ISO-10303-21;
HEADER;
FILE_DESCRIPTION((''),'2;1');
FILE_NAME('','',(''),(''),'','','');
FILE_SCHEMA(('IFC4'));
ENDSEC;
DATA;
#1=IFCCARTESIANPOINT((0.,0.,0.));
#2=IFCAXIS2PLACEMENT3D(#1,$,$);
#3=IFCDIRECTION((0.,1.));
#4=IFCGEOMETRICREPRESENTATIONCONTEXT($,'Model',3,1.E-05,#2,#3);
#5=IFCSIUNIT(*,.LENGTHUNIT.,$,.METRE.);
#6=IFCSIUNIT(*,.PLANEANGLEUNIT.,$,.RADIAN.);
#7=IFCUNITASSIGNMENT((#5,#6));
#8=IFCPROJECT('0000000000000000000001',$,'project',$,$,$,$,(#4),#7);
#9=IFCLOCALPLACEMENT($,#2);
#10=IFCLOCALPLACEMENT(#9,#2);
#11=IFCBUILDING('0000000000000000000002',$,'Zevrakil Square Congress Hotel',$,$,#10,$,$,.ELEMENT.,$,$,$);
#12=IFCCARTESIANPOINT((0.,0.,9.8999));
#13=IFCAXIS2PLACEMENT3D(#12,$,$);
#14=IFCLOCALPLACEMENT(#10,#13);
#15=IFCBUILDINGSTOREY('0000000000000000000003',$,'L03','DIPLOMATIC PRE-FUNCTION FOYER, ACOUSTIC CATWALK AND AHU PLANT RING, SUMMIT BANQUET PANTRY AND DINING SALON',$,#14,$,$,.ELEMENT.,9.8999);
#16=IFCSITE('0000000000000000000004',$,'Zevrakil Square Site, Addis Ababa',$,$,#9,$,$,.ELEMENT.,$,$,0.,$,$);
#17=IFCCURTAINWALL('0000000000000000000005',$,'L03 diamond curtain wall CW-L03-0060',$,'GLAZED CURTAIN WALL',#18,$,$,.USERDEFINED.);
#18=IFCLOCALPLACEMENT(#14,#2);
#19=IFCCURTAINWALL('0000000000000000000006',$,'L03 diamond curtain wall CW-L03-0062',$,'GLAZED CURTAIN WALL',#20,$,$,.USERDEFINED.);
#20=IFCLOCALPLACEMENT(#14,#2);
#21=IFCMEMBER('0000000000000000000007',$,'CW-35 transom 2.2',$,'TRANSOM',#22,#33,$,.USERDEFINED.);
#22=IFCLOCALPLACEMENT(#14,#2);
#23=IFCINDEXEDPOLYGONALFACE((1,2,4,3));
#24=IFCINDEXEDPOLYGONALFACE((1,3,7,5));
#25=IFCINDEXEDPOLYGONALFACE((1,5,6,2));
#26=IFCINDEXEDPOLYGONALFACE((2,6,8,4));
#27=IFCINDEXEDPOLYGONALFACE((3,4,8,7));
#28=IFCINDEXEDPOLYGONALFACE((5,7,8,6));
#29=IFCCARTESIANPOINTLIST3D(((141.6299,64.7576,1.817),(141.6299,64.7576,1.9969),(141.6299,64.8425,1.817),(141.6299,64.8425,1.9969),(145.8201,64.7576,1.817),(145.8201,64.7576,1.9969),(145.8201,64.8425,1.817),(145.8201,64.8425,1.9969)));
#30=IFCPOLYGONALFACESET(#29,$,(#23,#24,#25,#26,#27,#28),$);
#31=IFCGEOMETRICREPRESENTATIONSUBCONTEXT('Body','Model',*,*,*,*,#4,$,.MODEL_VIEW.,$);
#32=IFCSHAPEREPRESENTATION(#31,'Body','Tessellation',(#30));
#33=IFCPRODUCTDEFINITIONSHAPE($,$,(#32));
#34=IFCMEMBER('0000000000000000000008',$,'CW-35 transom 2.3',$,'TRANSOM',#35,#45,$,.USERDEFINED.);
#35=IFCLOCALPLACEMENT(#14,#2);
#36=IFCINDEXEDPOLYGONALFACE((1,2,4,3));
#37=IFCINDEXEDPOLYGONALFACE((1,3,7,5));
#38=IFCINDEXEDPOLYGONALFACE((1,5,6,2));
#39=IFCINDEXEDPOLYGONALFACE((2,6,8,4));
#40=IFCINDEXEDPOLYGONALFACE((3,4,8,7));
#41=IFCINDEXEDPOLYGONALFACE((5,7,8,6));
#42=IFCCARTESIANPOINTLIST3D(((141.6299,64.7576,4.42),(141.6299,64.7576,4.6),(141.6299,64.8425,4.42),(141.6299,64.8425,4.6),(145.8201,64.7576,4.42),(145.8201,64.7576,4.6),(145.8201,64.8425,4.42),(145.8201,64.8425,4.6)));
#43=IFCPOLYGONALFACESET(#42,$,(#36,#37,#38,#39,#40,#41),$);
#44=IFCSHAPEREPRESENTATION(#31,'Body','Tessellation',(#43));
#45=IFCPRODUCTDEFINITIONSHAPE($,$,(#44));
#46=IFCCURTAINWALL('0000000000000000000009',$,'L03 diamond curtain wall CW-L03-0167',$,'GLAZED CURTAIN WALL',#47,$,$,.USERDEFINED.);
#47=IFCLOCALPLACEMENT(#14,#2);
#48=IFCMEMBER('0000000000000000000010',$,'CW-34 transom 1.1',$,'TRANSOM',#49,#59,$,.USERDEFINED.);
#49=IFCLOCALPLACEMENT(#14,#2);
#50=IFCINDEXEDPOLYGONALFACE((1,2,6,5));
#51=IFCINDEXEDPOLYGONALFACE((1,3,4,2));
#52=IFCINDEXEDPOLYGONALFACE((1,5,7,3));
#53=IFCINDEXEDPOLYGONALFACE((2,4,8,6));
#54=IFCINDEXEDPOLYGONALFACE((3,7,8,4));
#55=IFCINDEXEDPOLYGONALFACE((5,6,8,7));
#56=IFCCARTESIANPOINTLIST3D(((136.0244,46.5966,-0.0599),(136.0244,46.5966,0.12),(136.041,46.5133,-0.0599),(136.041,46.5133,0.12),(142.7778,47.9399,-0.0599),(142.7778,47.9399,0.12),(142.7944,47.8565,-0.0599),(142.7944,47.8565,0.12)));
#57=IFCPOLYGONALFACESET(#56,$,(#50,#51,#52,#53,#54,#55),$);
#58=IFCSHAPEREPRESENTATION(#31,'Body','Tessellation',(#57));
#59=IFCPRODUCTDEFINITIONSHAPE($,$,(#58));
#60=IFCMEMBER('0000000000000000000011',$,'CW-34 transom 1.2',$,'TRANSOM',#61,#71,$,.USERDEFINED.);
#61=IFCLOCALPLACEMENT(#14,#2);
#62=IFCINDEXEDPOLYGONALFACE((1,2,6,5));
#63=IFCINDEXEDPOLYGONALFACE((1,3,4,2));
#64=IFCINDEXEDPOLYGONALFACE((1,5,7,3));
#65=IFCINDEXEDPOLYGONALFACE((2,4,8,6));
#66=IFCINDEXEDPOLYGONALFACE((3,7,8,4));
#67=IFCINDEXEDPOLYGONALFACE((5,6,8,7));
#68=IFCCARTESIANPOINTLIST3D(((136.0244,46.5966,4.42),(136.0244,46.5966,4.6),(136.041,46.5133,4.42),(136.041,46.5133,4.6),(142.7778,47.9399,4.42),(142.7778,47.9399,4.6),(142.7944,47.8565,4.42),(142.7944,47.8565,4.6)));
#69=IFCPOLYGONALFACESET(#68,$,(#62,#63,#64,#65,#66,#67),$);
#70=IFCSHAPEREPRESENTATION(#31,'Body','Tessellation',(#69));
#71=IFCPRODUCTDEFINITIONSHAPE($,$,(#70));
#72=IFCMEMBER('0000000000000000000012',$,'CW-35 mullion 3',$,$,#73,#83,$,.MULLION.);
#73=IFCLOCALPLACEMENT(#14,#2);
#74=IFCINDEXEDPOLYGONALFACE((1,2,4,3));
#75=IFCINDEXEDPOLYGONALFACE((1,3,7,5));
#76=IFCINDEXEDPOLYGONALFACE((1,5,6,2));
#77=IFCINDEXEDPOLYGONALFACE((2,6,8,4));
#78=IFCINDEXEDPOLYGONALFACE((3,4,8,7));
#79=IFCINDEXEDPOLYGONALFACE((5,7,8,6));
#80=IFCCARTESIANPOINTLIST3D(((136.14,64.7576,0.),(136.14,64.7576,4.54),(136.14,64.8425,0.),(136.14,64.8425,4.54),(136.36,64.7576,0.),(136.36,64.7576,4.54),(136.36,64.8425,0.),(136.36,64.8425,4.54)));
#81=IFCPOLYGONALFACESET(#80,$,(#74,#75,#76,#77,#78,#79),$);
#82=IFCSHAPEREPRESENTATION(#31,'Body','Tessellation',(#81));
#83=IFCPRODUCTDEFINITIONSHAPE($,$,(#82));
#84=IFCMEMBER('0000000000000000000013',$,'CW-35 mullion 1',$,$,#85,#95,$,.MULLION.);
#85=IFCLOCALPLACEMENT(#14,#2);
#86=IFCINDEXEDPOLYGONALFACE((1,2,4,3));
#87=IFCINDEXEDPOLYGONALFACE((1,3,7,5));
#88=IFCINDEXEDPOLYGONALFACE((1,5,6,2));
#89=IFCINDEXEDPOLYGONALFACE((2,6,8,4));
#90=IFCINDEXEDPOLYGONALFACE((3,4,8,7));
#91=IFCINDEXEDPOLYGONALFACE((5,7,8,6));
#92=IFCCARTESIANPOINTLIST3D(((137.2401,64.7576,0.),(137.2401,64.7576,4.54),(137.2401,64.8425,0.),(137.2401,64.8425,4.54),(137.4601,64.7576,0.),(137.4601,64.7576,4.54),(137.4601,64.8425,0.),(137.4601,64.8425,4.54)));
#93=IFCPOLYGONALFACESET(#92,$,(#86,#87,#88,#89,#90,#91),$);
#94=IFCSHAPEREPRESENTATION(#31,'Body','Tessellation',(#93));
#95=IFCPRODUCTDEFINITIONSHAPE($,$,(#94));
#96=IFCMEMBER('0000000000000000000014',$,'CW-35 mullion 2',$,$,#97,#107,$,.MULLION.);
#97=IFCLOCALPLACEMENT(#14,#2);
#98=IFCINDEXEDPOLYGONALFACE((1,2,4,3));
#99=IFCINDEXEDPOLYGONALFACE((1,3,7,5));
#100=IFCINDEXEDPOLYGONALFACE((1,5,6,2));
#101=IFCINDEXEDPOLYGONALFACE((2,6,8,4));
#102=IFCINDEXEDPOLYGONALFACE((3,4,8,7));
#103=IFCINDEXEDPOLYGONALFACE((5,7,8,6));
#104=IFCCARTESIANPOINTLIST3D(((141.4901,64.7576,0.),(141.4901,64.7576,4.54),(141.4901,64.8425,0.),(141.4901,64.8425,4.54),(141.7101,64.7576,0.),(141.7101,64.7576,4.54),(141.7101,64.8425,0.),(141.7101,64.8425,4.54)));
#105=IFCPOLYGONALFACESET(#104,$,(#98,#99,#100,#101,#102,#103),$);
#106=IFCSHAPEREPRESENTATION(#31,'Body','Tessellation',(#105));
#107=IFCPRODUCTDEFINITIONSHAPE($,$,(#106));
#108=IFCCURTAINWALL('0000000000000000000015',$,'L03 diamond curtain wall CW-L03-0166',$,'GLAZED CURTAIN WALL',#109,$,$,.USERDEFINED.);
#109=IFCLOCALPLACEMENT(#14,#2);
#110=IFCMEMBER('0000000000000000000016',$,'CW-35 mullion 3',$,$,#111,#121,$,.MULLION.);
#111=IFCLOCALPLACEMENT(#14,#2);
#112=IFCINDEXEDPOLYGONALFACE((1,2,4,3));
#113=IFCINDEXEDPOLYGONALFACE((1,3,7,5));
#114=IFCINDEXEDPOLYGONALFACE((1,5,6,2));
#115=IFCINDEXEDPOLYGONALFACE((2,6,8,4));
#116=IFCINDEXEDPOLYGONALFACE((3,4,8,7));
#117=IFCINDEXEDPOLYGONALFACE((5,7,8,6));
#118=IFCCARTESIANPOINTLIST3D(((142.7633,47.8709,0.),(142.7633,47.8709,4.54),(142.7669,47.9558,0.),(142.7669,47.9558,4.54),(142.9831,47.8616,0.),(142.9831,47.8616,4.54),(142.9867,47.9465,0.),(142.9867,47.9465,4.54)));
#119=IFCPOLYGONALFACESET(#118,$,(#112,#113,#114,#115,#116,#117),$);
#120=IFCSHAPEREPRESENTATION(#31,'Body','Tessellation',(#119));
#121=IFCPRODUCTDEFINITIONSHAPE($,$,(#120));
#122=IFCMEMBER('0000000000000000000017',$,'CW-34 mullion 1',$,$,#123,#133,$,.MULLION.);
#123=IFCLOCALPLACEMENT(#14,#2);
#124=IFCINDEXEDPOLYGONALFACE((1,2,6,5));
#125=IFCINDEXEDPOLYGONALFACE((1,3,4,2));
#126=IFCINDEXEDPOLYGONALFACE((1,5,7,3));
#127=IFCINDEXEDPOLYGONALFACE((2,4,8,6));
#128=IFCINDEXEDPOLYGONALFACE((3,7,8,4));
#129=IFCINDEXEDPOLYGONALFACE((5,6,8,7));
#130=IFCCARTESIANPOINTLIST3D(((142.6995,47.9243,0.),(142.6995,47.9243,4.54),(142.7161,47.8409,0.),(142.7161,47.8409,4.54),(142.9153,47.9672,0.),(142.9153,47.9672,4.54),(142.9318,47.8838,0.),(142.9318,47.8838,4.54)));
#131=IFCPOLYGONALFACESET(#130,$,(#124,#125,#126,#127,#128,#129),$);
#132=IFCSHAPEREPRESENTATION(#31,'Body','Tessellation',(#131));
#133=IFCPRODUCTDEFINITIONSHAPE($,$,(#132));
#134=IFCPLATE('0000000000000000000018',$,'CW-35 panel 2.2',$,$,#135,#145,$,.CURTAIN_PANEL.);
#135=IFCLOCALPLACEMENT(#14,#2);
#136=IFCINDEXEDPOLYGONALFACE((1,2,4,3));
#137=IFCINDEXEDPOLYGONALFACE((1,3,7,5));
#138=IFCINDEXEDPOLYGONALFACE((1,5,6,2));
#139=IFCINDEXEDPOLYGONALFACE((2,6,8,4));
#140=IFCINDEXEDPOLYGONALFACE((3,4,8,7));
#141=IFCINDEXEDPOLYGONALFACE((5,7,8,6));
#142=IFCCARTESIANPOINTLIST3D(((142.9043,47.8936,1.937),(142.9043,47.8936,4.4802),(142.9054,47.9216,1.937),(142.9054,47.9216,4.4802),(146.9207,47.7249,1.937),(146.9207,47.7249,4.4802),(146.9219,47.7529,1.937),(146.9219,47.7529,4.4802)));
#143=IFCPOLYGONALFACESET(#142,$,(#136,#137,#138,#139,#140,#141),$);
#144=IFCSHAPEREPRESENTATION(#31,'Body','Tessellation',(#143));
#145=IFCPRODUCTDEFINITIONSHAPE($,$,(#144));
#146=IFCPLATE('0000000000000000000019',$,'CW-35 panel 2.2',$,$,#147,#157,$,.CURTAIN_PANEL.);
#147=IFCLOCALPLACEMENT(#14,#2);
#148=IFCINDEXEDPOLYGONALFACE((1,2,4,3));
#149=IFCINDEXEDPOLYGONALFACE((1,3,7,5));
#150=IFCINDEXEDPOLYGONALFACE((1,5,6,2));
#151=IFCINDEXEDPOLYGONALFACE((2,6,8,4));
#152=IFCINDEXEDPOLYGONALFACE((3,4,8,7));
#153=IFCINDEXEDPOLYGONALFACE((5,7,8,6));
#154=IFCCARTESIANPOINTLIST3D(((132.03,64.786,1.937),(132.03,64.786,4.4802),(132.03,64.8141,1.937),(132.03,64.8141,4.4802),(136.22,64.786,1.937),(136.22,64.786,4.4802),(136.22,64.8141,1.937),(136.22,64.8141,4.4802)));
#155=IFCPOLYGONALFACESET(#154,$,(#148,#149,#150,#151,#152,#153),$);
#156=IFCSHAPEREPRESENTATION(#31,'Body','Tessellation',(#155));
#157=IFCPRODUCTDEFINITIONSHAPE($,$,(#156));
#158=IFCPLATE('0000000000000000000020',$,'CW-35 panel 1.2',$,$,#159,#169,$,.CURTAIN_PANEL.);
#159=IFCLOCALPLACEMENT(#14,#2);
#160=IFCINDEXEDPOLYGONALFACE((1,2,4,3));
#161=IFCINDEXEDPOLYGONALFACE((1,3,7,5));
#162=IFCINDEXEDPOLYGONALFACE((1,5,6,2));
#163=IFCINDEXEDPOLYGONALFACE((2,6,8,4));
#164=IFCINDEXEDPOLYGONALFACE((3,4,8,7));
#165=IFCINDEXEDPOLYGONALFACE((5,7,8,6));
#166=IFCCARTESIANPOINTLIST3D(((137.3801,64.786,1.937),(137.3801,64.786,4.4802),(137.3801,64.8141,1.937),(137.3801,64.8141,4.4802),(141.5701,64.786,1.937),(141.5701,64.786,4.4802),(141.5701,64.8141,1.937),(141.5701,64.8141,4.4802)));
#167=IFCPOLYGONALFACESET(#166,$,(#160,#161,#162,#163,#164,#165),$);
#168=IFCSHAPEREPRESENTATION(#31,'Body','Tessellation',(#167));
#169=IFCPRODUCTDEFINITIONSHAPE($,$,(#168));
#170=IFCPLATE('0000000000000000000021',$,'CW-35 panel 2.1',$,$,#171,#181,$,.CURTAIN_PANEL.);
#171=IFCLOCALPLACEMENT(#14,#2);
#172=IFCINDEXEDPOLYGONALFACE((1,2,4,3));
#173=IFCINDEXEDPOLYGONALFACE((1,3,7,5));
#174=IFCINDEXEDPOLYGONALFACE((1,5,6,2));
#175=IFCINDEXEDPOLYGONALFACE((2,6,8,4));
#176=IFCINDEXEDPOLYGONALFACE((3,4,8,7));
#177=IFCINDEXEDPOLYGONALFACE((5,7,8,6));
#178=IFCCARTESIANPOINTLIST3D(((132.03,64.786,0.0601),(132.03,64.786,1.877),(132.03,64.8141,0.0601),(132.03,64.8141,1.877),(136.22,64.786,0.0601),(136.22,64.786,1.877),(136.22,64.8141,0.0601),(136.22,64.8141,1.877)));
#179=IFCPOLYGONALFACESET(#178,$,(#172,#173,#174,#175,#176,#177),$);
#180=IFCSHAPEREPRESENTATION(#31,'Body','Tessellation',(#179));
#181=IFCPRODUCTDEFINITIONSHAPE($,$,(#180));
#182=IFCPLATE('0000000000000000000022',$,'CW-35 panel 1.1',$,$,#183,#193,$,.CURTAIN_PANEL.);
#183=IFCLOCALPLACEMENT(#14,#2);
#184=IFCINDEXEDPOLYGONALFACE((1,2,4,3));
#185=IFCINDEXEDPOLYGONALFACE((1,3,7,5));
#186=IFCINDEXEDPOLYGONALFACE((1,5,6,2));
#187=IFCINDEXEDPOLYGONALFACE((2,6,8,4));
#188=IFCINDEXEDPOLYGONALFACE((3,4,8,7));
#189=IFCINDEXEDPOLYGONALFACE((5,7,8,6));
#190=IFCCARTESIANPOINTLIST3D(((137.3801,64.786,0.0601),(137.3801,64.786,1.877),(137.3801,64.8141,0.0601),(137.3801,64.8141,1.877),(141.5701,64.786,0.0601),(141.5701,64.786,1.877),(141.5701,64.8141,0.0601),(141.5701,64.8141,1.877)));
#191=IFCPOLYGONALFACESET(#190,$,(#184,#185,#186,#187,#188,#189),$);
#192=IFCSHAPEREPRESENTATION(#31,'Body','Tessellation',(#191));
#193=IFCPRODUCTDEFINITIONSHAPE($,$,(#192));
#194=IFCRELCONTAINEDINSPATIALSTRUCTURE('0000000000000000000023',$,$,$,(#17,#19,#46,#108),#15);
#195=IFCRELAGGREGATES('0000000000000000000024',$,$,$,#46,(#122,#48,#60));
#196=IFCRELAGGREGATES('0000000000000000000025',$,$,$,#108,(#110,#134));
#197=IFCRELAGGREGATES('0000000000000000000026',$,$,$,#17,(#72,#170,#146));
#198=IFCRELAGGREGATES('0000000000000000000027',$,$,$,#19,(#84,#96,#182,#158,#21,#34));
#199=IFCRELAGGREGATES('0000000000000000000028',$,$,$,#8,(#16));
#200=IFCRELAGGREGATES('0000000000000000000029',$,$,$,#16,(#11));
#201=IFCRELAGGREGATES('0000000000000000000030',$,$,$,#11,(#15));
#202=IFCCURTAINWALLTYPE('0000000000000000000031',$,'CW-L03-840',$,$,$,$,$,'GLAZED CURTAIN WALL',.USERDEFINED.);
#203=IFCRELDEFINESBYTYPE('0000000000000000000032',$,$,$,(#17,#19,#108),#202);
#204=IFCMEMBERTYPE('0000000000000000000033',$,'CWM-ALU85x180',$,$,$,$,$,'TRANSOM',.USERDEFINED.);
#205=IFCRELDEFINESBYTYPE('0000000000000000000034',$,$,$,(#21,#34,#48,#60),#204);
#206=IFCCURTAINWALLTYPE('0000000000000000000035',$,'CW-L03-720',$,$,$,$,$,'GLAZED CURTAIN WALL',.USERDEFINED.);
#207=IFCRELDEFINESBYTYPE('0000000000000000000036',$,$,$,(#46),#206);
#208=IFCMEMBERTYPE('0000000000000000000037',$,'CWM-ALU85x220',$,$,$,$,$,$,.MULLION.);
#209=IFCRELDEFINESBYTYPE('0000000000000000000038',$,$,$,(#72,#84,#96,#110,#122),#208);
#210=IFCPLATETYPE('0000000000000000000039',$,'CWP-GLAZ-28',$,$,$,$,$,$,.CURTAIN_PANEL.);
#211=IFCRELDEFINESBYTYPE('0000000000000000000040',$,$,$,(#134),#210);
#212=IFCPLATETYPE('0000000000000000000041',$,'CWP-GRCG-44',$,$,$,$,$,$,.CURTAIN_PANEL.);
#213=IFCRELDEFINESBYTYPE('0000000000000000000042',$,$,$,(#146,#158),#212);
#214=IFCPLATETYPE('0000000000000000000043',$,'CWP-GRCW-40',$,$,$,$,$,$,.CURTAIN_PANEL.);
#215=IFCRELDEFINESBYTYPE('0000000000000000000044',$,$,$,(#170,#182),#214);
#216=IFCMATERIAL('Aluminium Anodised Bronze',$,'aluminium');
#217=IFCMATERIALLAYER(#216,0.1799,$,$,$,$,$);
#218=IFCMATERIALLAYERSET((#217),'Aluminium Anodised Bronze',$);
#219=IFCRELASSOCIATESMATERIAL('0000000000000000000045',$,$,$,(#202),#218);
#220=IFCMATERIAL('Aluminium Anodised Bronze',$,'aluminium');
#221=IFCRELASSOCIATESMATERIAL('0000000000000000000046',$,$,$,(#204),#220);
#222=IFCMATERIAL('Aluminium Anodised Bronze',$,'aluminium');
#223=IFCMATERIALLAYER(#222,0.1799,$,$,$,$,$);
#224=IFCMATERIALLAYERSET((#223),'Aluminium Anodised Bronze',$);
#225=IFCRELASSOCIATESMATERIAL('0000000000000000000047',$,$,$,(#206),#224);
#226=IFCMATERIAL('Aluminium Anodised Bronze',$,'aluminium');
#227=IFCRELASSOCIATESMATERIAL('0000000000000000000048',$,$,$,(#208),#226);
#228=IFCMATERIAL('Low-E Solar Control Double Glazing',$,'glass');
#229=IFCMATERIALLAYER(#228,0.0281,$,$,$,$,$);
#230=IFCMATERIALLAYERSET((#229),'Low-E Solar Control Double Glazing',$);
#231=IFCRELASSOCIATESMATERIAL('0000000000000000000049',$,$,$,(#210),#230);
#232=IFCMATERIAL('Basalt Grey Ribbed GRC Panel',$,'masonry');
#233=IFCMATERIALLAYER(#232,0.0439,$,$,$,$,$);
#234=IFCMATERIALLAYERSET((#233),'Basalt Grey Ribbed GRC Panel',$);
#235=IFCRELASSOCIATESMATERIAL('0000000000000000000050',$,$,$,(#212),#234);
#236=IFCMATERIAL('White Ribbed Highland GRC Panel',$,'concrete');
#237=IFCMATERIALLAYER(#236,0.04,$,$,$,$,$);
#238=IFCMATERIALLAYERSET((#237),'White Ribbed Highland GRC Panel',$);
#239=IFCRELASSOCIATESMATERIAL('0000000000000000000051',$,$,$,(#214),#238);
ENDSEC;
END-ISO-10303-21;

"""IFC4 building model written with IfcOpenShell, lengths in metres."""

from ifc_helpers import new_model, si_unit, direction, frame, origin, origin_2d, place, context, subcontext, project, spatial, rectangle, extrude, material, layer, layer_set, material_profile, profile_set, type_object, element, aggregate, save


model = new_model("IFC4")

# Units and contexts
model_context = context("Model", 3, precision=1e-05, world=origin(), true_north=direction((0.0, 1.0)))
body_context = subcontext(model_context, "Body", "Model", "MODEL_VIEW")
ifc_project = project(units=[si_unit("LENGTHUNIT", "METRE"), si_unit("PLANEANGLEUNIT", "RADIAN")], contexts=[model_context])

# Site, building, storey
site_placement = place(None, origin())
site = spatial("IfcSite", under=ifc_project, at=site_placement, Name="Zevrakil Square Site, Addis Ababa", CompositionType="ELEMENT", RefElevation=0.0)
building_placement = place(site_placement, origin())
building = spatial("IfcBuilding", under=site, at=building_placement, Name="Zevrakil Square Congress Hotel", CompositionType="ELEMENT")
storey_placement = place(building_placement, frame((0.0, 0.0, 9.8999)))
storey = spatial("IfcBuildingStorey", under=building, at=storey_placement, Name="L03", Description="DIPLOMATIC PRE-FUNCTION FOYER, ACOUSTIC CATWALK AND AHU PLANT RING, SUMMIT BANQUET PANTRY AND DINING SALON", CompositionType="ELEMENT", Elevation=9.8999)

# Curtain walls, members
ifc_material_1 = material(Name="Aluminium Anodised Bronze", Category="aluminium")
ifc_layer_1 = layer(ifc_material_1, 0.1799)
ifc_layer_set_1 = layer_set([ifc_layer_1], Name="Aluminium Anodised Bronze")
curtain_wall_type_1 = type_object("IfcCurtainWallType", Name="CW-L03-840", ElementType="GLAZED CURTAIN WALL", PredefinedType="USERDEFINED", material=ifc_layer_set_1)
curtain_wall_1_placement = place(storey_placement, origin())
curtain_wall_1 = element("IfcCurtainWall", 1, at=curtain_wall_1_placement, inside=storey, type_object=curtain_wall_type_1, Name="L03 diamond curtain wall CW-L03-0060", ObjectType="GLAZED CURTAIN WALL", PredefinedType="USERDEFINED")
ifc_material_2 = material(Name="Aluminium Anodised Bronze", Category="aluminium")
ifc_material_profile_1 = material_profile(ifc_material_2, rectangle(XDim=0.085, YDim=0.1799, at=origin_2d()), Name="ALU 85x180")
ifc_profile_set_1 = profile_set([ifc_material_profile_1], Name="Aluminium Anodised Bronze")
member_type_1 = type_object("IfcMemberType", Name="CWM-ALU85x180", ElementType="TRANSOM", PredefinedType="USERDEFINED", material=ifc_profile_set_1)
curtain_wall_2_placement = place(storey_placement, origin())
curtain_wall_2 = element("IfcCurtainWall", 2, at=curtain_wall_2_placement, inside=storey, type_object=curtain_wall_type_1, Name="L03 diamond curtain wall CW-L03-0062", ObjectType="GLAZED CURTAIN WALL", PredefinedType="USERDEFINED")
member_1_placement = place(storey_placement, frame((141.6299, 64.8, 1.907), z_axis=(1.0, 0.0, 0.0), x_axis=(0.0, 1.0, 0.0)))
member_1 = element("IfcMember", 3, at=member_1_placement, type_object=member_type_1, Name="CW-35 transom 2.2", ObjectType="TRANSOM", PredefinedType="USERDEFINED", context=body_context, shape_type="SweptSolid", body=[
    extrude(rectangle(XDim=0.085, YDim=0.1799, at=origin_2d()), origin(), (0.0, 0.0, 1.0), 4.1902),
])
member_2_placement = place(storey_placement, frame((141.6299, 64.8, 4.51), z_axis=(1.0, 0.0, 0.0), x_axis=(0.0, 1.0, 0.0)))
member_2 = element("IfcMember", 4, at=member_2_placement, type_object=member_type_1, Name="CW-35 transom 2.3", ObjectType="TRANSOM", PredefinedType="USERDEFINED", context=body_context, shape_type="SweptSolid", body=[
    extrude(rectangle(XDim=0.085, YDim=0.1799, at=origin_2d()), origin(), (0.0, 0.0, 1.0), 4.1902),
])
ifc_material_3 = material(Name="Aluminium Anodised Bronze", Category="aluminium")
ifc_layer_2 = layer(ifc_material_3, 0.1799)
ifc_layer_set_2 = layer_set([ifc_layer_2], Name="Aluminium Anodised Bronze")
curtain_wall_type_2 = type_object("IfcCurtainWallType", Name="CW-L03-720", ElementType="GLAZED CURTAIN WALL", PredefinedType="USERDEFINED", material=ifc_layer_set_2)
curtain_wall_3_placement = place(storey_placement, origin())
curtain_wall_3 = element("IfcCurtainWall", 5, at=curtain_wall_3_placement, inside=storey, type_object=curtain_wall_type_2, Name="L03 diamond curtain wall CW-L03-0167", ObjectType="GLAZED CURTAIN WALL", PredefinedType="USERDEFINED")
member_3_placement = place(storey_placement, frame((142.7861, 47.8982, 0.03), z_axis=(-0.980787, -0.19508, 0.0), x_axis=(0.19508, -0.980787, 0.0)))
member_3 = element("IfcMember", 6, at=member_3_placement, type_object=member_type_1, Name="CW-34 transom 1.1", ObjectType="TRANSOM", PredefinedType="USERDEFINED", context=body_context, shape_type="SweptSolid", body=[
    extrude(rectangle(XDim=0.085, YDim=0.1799, at=origin_2d()), origin(), (0.0, 0.0, 1.0), 6.8857),
])
member_4_placement = place(storey_placement, frame((142.7861, 47.8982, 4.51), z_axis=(-0.980787, -0.19508, 0.0), x_axis=(0.19508, -0.980787, 0.0)))
member_4 = element("IfcMember", 7, at=member_4_placement, type_object=member_type_1, Name="CW-34 transom 1.2", ObjectType="TRANSOM", PredefinedType="USERDEFINED", context=body_context, shape_type="SweptSolid", body=[
    extrude(rectangle(XDim=0.085, YDim=0.1799, at=origin_2d()), origin(), (0.0, 0.0, 1.0), 6.8857),
])

# Members
ifc_material_4 = material(Name="Aluminium Anodised Bronze", Category="aluminium")
ifc_material_profile_2 = material_profile(ifc_material_4, rectangle(XDim=0.085, YDim=0.22, at=origin_2d()), Name="ALU 85x220")
ifc_profile_set_2 = profile_set([ifc_material_profile_2], Name="Aluminium Anodised Bronze")
member_type_2 = type_object("IfcMemberType", Name="CWM-ALU85x220", PredefinedType="MULLION", material=ifc_profile_set_2)
member_5_placement = place(storey_placement, frame((136.25, 64.8, 0.0), z_axis=(0.0, 0.0, 1.0), x_axis=(0.0, 1.0, 0.0)))
member_5 = element("IfcMember", 8, at=member_5_placement, type_object=member_type_2, Name="CW-35 mullion 3", PredefinedType="MULLION", context=body_context, shape_type="SweptSolid", body=[
    extrude(rectangle(XDim=0.085, YDim=0.22, at=origin_2d()), origin(), (0.0, 0.0, 1.0), 4.54),
])
member_6_placement = place(storey_placement, frame((137.3501, 64.8, 0.0), z_axis=(0.0, 0.0, 1.0), x_axis=(0.0, 1.0, 0.0)))
member_6 = element("IfcMember", 9, at=member_6_placement, type_object=member_type_2, Name="CW-35 mullion 1", PredefinedType="MULLION", context=body_context, shape_type="SweptSolid", body=[
    extrude(rectangle(XDim=0.085, YDim=0.22, at=origin_2d()), origin(), (0.0, 0.0, 1.0), 4.54),
])
member_7_placement = place(storey_placement, frame((141.6001, 64.8, 0.0), z_axis=(0.0, 0.0, 1.0), x_axis=(0.0, 1.0, 0.0)))
member_7 = element("IfcMember", 10, at=member_7_placement, type_object=member_type_2, Name="CW-35 mullion 2", PredefinedType="MULLION", context=body_context, shape_type="SweptSolid", body=[
    extrude(rectangle(XDim=0.085, YDim=0.22, at=origin_2d()), origin(), (0.0, 0.0, 1.0), 4.54),
])

# Curtain wall, member
curtain_wall_4_placement = place(storey_placement, origin())
curtain_wall_4 = element("IfcCurtainWall", 11, at=curtain_wall_4_placement, inside=storey, type_object=curtain_wall_type_1, Name="L03 diamond curtain wall CW-L03-0166", ObjectType="GLAZED CURTAIN WALL", PredefinedType="USERDEFINED")
member_8_placement = place(storey_placement, frame((142.875, 47.9087, 0.0), z_axis=(0.0, 0.0, 1.0), x_axis=(-0.041971, -0.999119, 0.0)))
member_8 = element("IfcMember", 12, at=member_8_placement, type_object=member_type_2, Name="CW-35 mullion 3", PredefinedType="MULLION", context=body_context, shape_type="SweptSolid", body=[
    extrude(rectangle(XDim=0.085, YDim=0.22, at=origin_2d()), origin(), (0.0, 0.0, 1.0), 4.54),
])

# Member
member_9_placement = place(storey_placement, frame((142.8157, 47.9041, 0.0), z_axis=(0.0, 0.0, 1.0), x_axis=(0.195084, -0.980787, 0.0)))
member_9 = element("IfcMember", 13, at=member_9_placement, type_object=member_type_2, Name="CW-34 mullion 1", PredefinedType="MULLION", context=body_context, shape_type="SweptSolid", body=[
    extrude(rectangle(XDim=0.085, YDim=0.22, at=origin_2d()), origin(), (0.0, 0.0, 1.0), 4.54),
])
aggregate(curtain_wall_3, [member_9, member_3, member_4])

# Plates
ifc_material_5 = material(Name="Low-E Solar Control Double Glazing", Category="glass")
ifc_layer_3 = layer(ifc_material_5, 0.0281)
ifc_layer_set_3 = layer_set([ifc_layer_3], Name="Low-E Solar Control Double Glazing")
plate_type_1 = type_object("IfcPlateType", Name="CWP-GLAZ-28", PredefinedType="CURTAIN_PANEL", material=ifc_layer_set_3)
plate_1_placement = place(storey_placement, frame((144.9131, 47.8232, 1.937), z_axis=(0.0, 0.0, 1.0), x_axis=(-0.999119, 0.041971, 0.0)))
plate_1 = element("IfcPlate", 14, at=plate_1_placement, type_object=plate_type_1, Name="CW-35 panel 2.2", PredefinedType="CURTAIN_PANEL", context=body_context, shape_type="SweptSolid", body=[
    extrude(rectangle(XDim=4.02, YDim=0.0281, at=origin_2d()), origin(), (0.0, 0.0, 1.0), 2.5432),
])
aggregate(curtain_wall_4, [member_8, plate_1])
ifc_material_6 = material(Name="Basalt Grey Ribbed GRC Panel", Category="masonry")
ifc_layer_4 = layer(ifc_material_6, 0.0439)
ifc_layer_set_4 = layer_set([ifc_layer_4], Name="Basalt Grey Ribbed GRC Panel")
plate_type_2 = type_object("IfcPlateType", Name="CWP-GRCG-44", PredefinedType="CURTAIN_PANEL", material=ifc_layer_set_4)
plate_2_placement = place(storey_placement, frame((134.125, 64.8, 1.937), z_axis=(0.0, 0.0, 1.0), x_axis=(1.0, 0.0, 0.0)))
plate_2 = element("IfcPlate", 15, at=plate_2_placement, type_object=plate_type_2, Name="CW-35 panel 2.2", PredefinedType="CURTAIN_PANEL", context=body_context, shape_type="SweptSolid", body=[
    extrude(rectangle(XDim=4.1899, YDim=0.0281, at=origin_2d()), origin(), (0.0, 0.0, 1.0), 2.5432),
])
plate_3_placement = place(storey_placement, frame((139.4751, 64.8, 1.937), z_axis=(0.0, 0.0, 1.0), x_axis=(1.0, 0.0, 0.0)))
plate_3 = element("IfcPlate", 16, at=plate_3_placement, type_object=plate_type_2, Name="CW-35 panel 1.2", PredefinedType="CURTAIN_PANEL", context=body_context, shape_type="SweptSolid", body=[
    extrude(rectangle(XDim=4.1899, YDim=0.0281, at=origin_2d()), origin(), (0.0, 0.0, 1.0), 2.5432),
])
ifc_material_7 = material(Name="White Ribbed Highland GRC Panel", Category="concrete")
ifc_layer_5 = layer(ifc_material_7, 0.04)
ifc_layer_set_5 = layer_set([ifc_layer_5], Name="White Ribbed Highland GRC Panel")
plate_type_3 = type_object("IfcPlateType", Name="CWP-GRCW-40", PredefinedType="CURTAIN_PANEL", material=ifc_layer_set_5)
plate_4_placement = place(storey_placement, frame((134.125, 64.8, 0.0601), z_axis=(0.0, 0.0, 1.0), x_axis=(1.0, 0.0, 0.0)))
plate_4 = element("IfcPlate", 17, at=plate_4_placement, type_object=plate_type_3, Name="CW-35 panel 2.1", PredefinedType="CURTAIN_PANEL", context=body_context, shape_type="SweptSolid", body=[
    extrude(rectangle(XDim=4.1899, YDim=0.0281, at=origin_2d()), origin(), (0.0, 0.0, 1.0), 1.8169),
])
aggregate(curtain_wall_1, [member_5, plate_4, plate_2])
plate_5_placement = place(storey_placement, frame((139.4751, 64.8, 0.0601), z_axis=(0.0, 0.0, 1.0), x_axis=(1.0, 0.0, 0.0)))
plate_5 = element("IfcPlate", 18, at=plate_5_placement, type_object=plate_type_3, Name="CW-35 panel 1.1", PredefinedType="CURTAIN_PANEL", context=body_context, shape_type="SweptSolid", body=[
    extrude(rectangle(XDim=4.1899, YDim=0.0281, at=origin_2d()), origin(), (0.0, 0.0, 1.0), 1.8169),
])
aggregate(curtain_wall_2, [member_6, member_7, plate_5, plate_3, member_1, member_2])

save(model, "model.ifc")
